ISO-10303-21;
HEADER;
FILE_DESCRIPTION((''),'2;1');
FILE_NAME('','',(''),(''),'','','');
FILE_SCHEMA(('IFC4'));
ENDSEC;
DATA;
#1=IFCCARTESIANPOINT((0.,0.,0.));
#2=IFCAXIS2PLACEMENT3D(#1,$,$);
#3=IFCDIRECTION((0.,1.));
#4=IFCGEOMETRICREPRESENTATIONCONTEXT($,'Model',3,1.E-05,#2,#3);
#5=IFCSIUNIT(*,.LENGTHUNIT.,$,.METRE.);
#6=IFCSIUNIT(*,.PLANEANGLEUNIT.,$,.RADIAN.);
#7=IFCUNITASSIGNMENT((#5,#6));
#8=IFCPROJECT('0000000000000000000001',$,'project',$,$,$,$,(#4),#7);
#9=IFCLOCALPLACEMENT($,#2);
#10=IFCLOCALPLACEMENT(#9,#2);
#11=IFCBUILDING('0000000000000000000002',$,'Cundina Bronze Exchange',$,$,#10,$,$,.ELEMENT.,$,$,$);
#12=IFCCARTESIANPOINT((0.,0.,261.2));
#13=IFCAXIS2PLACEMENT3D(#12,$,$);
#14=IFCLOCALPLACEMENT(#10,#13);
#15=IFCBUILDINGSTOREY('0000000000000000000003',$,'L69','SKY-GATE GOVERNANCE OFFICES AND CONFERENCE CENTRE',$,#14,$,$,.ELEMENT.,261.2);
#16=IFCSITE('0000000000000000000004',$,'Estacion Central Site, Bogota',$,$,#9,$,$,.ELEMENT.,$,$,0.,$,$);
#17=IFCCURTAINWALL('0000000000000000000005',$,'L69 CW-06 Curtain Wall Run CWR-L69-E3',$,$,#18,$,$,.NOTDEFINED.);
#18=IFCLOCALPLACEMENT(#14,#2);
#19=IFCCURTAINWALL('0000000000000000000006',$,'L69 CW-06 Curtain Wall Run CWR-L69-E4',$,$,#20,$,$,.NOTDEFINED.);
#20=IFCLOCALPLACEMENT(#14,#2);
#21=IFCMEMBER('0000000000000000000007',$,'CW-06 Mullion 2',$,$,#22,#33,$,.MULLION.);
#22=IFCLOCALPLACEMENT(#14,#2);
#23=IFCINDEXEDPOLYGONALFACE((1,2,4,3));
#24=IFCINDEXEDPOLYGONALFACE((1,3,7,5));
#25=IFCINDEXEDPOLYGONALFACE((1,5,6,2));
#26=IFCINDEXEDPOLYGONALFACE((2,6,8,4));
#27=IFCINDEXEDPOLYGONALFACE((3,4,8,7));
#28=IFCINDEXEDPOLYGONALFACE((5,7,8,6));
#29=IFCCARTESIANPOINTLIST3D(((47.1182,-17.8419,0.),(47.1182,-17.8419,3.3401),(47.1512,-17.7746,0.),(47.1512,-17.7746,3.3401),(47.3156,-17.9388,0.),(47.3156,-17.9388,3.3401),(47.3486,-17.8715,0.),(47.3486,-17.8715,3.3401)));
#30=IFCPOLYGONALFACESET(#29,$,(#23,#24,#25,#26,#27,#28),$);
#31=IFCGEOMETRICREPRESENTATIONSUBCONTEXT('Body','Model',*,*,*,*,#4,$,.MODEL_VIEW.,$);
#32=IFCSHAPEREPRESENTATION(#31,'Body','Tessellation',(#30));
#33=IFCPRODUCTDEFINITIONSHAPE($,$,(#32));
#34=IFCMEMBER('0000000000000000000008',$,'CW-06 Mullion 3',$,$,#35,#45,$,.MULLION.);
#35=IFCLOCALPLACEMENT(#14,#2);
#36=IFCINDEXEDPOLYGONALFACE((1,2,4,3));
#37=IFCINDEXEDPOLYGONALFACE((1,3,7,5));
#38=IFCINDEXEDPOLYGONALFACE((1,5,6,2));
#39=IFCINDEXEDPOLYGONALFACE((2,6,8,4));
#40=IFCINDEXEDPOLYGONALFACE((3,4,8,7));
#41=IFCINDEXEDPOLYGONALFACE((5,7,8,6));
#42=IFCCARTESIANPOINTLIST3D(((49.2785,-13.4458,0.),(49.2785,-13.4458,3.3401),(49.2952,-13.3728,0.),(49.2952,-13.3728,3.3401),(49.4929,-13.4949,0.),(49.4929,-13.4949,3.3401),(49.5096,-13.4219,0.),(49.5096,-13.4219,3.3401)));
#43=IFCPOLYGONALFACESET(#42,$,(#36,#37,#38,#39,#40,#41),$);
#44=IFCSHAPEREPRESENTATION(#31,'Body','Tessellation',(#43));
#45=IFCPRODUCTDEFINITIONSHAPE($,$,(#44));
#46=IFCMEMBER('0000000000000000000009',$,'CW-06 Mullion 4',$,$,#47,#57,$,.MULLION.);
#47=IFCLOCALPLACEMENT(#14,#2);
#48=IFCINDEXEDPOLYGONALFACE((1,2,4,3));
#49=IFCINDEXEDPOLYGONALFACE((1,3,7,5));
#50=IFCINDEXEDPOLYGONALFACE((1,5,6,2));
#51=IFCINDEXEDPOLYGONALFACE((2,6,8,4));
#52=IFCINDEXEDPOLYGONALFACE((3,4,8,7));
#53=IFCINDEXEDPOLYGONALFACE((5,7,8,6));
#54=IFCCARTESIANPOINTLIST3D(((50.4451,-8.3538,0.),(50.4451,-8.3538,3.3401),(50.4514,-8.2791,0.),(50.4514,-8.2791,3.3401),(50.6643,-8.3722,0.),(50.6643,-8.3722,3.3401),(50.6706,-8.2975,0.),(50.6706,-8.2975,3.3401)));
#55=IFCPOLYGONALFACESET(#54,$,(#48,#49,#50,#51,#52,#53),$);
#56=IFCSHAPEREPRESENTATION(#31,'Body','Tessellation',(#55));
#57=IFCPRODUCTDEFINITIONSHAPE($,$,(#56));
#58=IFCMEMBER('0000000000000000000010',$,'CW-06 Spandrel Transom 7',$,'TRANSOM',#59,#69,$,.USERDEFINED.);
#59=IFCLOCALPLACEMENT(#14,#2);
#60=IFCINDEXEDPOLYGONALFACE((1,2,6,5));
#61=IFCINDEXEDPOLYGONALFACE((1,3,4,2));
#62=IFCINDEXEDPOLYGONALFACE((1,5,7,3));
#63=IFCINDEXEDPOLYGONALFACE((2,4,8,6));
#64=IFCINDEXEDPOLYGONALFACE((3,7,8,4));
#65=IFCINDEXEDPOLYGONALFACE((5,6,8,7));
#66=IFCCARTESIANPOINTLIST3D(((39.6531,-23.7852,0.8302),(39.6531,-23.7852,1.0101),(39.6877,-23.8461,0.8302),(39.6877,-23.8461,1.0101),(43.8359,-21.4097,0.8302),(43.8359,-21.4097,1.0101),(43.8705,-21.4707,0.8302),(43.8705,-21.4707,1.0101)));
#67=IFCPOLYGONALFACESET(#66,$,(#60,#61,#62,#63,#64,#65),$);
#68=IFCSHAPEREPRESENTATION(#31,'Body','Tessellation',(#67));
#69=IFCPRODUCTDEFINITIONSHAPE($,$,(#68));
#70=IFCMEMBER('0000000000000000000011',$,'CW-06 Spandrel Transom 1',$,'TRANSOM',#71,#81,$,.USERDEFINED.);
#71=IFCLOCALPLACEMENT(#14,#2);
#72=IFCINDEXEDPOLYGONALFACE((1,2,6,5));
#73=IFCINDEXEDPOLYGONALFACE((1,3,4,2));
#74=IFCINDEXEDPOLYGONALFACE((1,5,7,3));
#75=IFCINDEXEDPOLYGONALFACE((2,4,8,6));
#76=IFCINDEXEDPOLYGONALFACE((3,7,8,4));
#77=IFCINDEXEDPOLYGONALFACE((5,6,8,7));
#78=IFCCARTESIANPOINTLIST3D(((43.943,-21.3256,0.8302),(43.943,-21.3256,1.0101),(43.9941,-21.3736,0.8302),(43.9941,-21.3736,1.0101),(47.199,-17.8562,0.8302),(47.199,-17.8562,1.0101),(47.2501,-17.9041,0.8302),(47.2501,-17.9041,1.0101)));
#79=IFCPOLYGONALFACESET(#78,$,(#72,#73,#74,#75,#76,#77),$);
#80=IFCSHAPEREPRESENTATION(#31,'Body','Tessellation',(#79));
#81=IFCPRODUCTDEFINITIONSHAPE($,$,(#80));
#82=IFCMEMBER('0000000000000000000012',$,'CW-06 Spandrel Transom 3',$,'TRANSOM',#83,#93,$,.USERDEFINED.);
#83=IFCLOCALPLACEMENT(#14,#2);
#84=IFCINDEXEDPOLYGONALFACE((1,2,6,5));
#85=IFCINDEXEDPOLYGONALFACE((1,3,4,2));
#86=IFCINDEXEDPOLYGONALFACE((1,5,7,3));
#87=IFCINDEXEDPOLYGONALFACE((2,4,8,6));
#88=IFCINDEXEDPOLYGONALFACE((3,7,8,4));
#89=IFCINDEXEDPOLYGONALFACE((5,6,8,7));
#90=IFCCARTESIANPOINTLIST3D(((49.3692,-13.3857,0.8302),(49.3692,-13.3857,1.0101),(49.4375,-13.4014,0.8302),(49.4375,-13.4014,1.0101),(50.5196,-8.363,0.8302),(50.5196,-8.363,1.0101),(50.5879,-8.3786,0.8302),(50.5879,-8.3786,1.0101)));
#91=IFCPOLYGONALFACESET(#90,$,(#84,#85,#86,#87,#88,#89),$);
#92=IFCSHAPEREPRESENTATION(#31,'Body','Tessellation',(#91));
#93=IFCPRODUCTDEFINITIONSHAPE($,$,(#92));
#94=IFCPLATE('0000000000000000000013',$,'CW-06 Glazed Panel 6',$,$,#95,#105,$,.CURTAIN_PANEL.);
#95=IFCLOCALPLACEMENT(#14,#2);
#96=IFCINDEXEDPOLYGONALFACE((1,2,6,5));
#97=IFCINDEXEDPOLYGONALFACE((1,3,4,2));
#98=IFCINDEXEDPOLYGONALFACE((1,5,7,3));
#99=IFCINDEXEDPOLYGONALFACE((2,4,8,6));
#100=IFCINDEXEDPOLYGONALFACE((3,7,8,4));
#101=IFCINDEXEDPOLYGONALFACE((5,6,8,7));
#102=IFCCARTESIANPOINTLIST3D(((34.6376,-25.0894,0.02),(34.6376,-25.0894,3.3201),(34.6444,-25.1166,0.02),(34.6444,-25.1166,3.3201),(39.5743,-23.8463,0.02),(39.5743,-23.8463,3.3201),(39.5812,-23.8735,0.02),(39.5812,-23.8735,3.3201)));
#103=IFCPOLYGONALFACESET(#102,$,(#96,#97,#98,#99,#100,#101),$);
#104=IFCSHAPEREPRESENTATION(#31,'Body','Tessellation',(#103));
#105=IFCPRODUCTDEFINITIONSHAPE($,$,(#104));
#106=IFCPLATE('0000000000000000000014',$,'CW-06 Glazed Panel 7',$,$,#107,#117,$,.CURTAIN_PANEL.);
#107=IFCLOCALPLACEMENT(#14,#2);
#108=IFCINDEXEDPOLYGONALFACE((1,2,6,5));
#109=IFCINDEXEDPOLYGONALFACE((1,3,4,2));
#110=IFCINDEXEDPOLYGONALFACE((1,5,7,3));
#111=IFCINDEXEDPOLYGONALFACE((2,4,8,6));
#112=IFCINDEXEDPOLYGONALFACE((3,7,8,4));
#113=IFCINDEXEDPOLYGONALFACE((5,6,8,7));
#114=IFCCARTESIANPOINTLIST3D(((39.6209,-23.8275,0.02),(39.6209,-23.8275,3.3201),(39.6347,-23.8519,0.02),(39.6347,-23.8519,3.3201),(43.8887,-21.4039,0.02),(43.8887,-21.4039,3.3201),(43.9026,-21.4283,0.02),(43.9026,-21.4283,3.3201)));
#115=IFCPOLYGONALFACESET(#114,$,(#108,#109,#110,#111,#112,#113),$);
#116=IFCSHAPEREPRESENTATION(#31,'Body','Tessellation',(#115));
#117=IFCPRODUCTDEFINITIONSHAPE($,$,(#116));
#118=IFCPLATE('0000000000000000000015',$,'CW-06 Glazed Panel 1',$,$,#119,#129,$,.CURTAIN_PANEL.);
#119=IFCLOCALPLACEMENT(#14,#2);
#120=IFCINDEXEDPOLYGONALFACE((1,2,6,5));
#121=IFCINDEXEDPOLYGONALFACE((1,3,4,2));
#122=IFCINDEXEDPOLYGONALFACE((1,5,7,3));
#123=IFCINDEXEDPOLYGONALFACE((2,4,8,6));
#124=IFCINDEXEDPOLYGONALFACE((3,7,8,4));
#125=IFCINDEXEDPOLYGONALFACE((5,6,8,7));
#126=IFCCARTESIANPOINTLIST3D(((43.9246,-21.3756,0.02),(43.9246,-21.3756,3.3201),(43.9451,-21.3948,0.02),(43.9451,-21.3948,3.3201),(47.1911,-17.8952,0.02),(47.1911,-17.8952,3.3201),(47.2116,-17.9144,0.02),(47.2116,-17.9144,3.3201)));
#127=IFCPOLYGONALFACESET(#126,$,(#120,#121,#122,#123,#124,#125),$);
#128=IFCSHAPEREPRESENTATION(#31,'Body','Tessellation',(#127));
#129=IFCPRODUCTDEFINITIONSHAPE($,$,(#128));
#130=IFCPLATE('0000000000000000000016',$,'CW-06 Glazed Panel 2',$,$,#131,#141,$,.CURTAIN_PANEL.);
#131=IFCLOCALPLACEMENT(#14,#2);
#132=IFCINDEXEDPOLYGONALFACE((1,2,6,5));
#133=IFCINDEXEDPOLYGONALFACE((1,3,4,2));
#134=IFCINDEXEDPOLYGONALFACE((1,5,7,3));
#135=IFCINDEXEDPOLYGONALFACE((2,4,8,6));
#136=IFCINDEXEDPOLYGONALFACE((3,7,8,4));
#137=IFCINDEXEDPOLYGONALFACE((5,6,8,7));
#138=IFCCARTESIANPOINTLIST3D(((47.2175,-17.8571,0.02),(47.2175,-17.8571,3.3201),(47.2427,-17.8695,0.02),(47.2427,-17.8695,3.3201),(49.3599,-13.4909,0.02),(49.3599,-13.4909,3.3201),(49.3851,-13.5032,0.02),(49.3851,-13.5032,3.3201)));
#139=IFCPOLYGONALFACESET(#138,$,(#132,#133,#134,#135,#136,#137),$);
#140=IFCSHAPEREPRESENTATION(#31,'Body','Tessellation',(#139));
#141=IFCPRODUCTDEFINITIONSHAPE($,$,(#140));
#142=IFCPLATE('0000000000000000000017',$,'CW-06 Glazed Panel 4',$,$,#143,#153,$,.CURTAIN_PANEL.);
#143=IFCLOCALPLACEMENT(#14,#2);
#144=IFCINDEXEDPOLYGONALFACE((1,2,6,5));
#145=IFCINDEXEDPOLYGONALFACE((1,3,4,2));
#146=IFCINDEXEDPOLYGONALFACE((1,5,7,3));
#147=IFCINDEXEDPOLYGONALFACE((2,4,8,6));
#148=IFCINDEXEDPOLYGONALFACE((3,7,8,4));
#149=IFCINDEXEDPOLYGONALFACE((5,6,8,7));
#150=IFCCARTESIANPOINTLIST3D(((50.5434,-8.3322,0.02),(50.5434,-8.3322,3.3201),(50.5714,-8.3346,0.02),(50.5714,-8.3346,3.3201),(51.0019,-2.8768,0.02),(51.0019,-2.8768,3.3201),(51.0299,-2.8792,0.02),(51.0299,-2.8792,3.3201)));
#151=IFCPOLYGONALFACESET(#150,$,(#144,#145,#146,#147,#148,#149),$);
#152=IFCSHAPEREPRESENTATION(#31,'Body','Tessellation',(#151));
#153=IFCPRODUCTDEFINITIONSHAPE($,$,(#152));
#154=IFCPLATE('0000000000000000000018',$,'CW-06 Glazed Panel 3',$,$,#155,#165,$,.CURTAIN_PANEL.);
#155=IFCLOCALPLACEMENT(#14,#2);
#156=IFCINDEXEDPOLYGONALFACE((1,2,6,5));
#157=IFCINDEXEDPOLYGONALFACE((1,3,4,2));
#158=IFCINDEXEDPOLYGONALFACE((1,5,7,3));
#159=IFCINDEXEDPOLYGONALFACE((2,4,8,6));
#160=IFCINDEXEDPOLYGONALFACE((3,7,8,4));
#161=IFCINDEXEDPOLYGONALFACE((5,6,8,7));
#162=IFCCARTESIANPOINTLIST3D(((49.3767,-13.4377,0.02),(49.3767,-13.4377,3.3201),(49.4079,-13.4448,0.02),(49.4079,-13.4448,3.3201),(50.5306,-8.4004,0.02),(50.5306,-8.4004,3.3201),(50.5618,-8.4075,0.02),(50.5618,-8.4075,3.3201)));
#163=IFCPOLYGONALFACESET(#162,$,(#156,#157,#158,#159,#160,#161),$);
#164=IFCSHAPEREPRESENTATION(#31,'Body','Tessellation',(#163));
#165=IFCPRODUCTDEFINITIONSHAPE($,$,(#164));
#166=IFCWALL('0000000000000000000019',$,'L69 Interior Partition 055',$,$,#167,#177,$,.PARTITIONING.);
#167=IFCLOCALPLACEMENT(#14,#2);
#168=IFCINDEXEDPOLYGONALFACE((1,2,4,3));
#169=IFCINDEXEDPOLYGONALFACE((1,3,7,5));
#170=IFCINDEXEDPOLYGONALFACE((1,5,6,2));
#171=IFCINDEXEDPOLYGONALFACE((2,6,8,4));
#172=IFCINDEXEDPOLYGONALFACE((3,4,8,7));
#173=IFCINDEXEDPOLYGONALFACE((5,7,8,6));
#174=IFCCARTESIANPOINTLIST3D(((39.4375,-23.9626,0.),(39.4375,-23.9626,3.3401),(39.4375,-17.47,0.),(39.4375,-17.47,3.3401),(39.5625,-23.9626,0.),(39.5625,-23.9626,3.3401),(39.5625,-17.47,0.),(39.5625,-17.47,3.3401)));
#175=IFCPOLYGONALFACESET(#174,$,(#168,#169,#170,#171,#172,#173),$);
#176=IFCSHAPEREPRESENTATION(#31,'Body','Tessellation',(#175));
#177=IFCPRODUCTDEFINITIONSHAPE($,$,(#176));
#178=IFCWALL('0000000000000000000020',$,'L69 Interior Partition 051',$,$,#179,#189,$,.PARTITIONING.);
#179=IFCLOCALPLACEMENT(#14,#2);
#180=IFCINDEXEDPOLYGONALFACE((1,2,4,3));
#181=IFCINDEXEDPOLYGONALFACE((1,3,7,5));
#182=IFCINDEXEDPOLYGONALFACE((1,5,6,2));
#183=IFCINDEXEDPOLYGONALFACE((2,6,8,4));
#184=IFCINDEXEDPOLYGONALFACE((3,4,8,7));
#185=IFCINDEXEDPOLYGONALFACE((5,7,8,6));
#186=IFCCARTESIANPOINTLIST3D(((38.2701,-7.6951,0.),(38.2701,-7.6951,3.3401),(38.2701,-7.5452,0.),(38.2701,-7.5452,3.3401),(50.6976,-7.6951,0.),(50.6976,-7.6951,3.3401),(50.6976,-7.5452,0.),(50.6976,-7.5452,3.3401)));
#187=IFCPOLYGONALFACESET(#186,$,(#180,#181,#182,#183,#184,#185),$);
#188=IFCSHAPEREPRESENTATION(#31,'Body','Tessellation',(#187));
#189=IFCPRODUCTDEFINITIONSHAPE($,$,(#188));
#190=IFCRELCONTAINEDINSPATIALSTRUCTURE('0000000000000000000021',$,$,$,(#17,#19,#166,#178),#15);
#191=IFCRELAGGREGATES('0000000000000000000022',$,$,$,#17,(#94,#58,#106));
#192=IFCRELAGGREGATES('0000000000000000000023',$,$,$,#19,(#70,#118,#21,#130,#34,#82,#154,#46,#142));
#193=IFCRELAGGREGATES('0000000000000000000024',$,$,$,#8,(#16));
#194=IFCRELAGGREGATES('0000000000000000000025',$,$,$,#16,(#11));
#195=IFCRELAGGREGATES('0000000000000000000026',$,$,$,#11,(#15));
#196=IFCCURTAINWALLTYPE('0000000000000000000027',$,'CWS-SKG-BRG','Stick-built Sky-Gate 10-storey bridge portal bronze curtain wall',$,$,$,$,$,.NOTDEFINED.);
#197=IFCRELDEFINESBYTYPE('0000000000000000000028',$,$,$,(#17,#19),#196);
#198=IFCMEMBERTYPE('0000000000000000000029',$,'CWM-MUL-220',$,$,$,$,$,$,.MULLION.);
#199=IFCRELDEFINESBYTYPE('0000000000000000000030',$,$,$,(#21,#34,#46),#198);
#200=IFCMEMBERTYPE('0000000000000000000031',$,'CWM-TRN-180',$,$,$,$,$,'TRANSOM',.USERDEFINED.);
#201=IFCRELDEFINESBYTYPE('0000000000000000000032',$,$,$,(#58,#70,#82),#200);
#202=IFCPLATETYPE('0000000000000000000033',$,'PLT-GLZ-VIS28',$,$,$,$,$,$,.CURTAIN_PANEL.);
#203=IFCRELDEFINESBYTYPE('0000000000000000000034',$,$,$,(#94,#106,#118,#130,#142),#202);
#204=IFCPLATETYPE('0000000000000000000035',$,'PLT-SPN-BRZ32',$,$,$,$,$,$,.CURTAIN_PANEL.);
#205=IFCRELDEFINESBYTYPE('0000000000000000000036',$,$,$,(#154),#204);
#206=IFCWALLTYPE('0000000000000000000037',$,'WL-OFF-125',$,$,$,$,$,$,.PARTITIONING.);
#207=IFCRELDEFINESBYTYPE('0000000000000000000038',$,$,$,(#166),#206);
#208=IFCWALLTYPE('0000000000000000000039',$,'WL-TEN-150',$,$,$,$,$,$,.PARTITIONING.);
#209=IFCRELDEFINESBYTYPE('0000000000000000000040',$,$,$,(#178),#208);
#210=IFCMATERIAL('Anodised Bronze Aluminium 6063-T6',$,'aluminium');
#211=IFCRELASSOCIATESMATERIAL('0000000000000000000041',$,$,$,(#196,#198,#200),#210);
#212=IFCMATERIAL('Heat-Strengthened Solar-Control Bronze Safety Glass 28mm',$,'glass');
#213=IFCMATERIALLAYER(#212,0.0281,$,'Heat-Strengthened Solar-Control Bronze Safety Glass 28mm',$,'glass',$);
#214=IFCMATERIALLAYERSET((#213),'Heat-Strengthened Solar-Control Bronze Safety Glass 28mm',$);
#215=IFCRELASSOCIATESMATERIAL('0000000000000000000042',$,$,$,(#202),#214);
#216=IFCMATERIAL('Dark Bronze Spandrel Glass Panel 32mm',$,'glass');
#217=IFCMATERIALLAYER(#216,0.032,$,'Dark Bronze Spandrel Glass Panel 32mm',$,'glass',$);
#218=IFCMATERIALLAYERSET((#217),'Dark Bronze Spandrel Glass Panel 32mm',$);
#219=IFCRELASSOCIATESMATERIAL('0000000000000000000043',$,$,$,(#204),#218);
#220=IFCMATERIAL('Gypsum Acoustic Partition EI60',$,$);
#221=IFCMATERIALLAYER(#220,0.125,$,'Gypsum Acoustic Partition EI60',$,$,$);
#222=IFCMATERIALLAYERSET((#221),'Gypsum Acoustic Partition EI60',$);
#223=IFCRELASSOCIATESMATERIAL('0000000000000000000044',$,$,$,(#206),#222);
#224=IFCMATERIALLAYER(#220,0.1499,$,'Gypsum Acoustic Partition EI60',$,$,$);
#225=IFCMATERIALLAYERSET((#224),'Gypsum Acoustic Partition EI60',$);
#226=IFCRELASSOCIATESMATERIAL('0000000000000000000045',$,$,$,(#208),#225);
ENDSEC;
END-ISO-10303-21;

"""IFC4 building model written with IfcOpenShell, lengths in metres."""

from ifc_helpers import new_model, si_unit, direction, frame, frame_2d, origin, origin_2d, place, context, subcontext, project, spatial, rectangle, extrude, material, layer, layer_set, material_profile, profile_set, type_object, element, aggregate, save


model = new_model("IFC4")

# Units and contexts
model_context = context("Model", 3, precision=1e-05, world=origin(), true_north=direction((0.0, 1.0)))
body_context = subcontext(model_context, "Body", "Model", "MODEL_VIEW")
ifc_project = project(units=[si_unit("LENGTHUNIT", "METRE"), si_unit("PLANEANGLEUNIT", "RADIAN")], contexts=[model_context])

# Site, building, storey
site_placement = place(None, origin())
site = spatial("IfcSite", under=ifc_project, at=site_placement, Name="Estacion Central Site, Bogota", CompositionType="ELEMENT", RefElevation=0.0)
building_placement = place(site_placement, origin())
building = spatial("IfcBuilding", under=site, at=building_placement, Name="Cundina Bronze Exchange", CompositionType="ELEMENT")
storey_placement = place(building_placement, frame((0.0, 0.0, 261.2)))
storey = spatial("IfcBuildingStorey", under=building, at=storey_placement, Name="L69", Description="SKY-GATE GOVERNANCE OFFICES AND CONFERENCE CENTRE", CompositionType="ELEMENT", Elevation=261.2)

# Curtain walls, members
ifc_material_1 = material(Name="Anodised Bronze Aluminium 6063-T6", Category="aluminium")
curtain_wall_type = type_object("IfcCurtainWallType", Name="CWS-SKG-BRG", Description="Stick-built Sky-Gate 10-storey bridge portal bronze curtain wall", PredefinedType="NOTDEFINED", material=ifc_material_1)
curtain_wall_1_placement = place(storey_placement, origin())
curtain_wall_1 = element("IfcCurtainWall", 1, at=curtain_wall_1_placement, inside=storey, type_object=curtain_wall_type, Name="L69 CW-06 Curtain Wall Run CWR-L69-E3", PredefinedType="NOTDEFINED")
ifc_material_profile_1 = material_profile(ifc_material_1, rectangle(XDim=0.075, YDim=0.22, at=origin_2d()), Name="AL75X220", Category="aluminium")
ifc_profile_set_1 = profile_set([ifc_material_profile_1], Name="Anodised Bronze Aluminium 6063-T6")
member_type_1 = type_object("IfcMemberType", Name="CWM-MUL-220", PredefinedType="MULLION", material=ifc_profile_set_1)
curtain_wall_2_placement = place(storey_placement, origin())
curtain_wall_2 = element("IfcCurtainWall", 2, at=curtain_wall_2_placement, inside=storey, type_object=curtain_wall_type, Name="L69 CW-06 Curtain Wall Run CWR-L69-E4", PredefinedType="NOTDEFINED")
member_1_placement = place(storey_placement, frame((47.2334, -17.8567, 0.0), z_axis=(0.0, 0.0, 1.0), x_axis=(0.440566, 0.89772, 0.0)))
member_1 = element("IfcMember", 3, at=member_1_placement, type_object=member_type_1, Name="CW-06 Mullion 2", PredefinedType="MULLION", context=body_context, shape_type="SweptSolid", body=[
    extrude(rectangle(XDim=0.075, YDim=0.22, at=origin_2d()), origin(), (0.0, 0.0, 1.0), 3.3401),
])
member_2_placement = place(storey_placement, frame((49.394, -13.4338, 0.0), z_axis=(0.0, 0.0, 1.0), x_axis=(0.22325, 0.974761, 0.0)))
member_2 = element("IfcMember", 4, at=member_2_placement, type_object=member_type_1, Name="CW-06 Mullion 3", PredefinedType="MULLION", context=body_context, shape_type="SweptSolid", body=[
    extrude(rectangle(XDim=0.075, YDim=0.22, at=origin_2d()), origin(), (0.0, 0.0, 1.0), 3.3401),
])
member_3_placement = place(storey_placement, frame((50.5579, -8.3257, 0.0), z_axis=(0.0, 0.0, 1.0), x_axis=(0.083678, 0.996493, 0.0)))
member_3 = element("IfcMember", 5, at=member_3_placement, type_object=member_type_1, Name="CW-06 Mullion 4", PredefinedType="MULLION", context=body_context, shape_type="SweptSolid", body=[
    extrude(rectangle(XDim=0.075, YDim=0.22, at=origin_2d()), origin(), (0.0, 0.0, 1.0), 3.3401),
])

# Members
ifc_material_profile_2 = material_profile(ifc_material_1, rectangle(XDim=0.0701, YDim=0.1799, at=origin_2d()), Name="AL70X180", Category="aluminium")
ifc_profile_set_2 = profile_set([ifc_material_profile_2], Name="Anodised Bronze Aluminium 6063-T6")
member_type_2 = type_object("IfcMemberType", Name="CWM-TRN-180", ElementType="TRANSOM", PredefinedType="USERDEFINED", material=ifc_profile_set_2)
member_4_placement = place(storey_placement, frame((39.6704, -23.8157, 0.9202), z_axis=(0.869558, 0.493831, 0.0), x_axis=(-0.493831, 0.869558, 0.0)))
member_4 = element("IfcMember", 6, at=member_4_placement, type_object=member_type_2, Name="CW-06 Spandrel Transom 7", ObjectType="TRANSOM", PredefinedType="USERDEFINED", context=body_context, shape_type="SweptSolid", body=[
    extrude(rectangle(XDim=0.0701, YDim=0.1799, at=origin_2d()), origin(), (0.0, 0.0, 1.0), 4.8103),
])
member_5_placement = place(storey_placement, frame((43.9685, -21.3496, 0.9202), z_axis=(0.684328, 0.729174, 0.0), x_axis=(-0.729174, 0.684328, 0.0)))
member_5 = element("IfcMember", 7, at=member_5_placement, type_object=member_type_2, Name="CW-06 Spandrel Transom 1", ObjectType="TRANSOM", PredefinedType="USERDEFINED", context=body_context, shape_type="SweptSolid", body=[
    extrude(rectangle(XDim=0.0701, YDim=0.1799, at=origin_2d()), origin(), (0.0, 0.0, 1.0), 4.7581),
])
member_6_placement = place(storey_placement, frame((49.4033, -13.3936, 0.9202), z_axis=(0.223257, 0.97476, 0.0), x_axis=(-0.97476, 0.223257, 0.0)))
member_6 = element("IfcMember", 8, at=member_6_placement, type_object=member_type_2, Name="CW-06 Spandrel Transom 3", ObjectType="TRANSOM", PredefinedType="USERDEFINED", context=body_context, shape_type="SweptSolid", body=[
    extrude(rectangle(XDim=0.0701, YDim=0.1799, at=origin_2d()), origin(), (0.0, 0.0, 1.0), 5.1528),
])

# Plates
ifc_material_2 = material(Name="Heat-Strengthened Solar-Control Bronze Safety Glass 28mm", Category="glass")
ifc_layer_1 = layer(ifc_material_2, 0.0281, Name="Heat-Strengthened Solar-Control Bronze Safety Glass 28mm", Category="glass")
ifc_layer_set_1 = layer_set([ifc_layer_1], Name="Heat-Strengthened Solar-Control Bronze Safety Glass 28mm")
plate_type_1 = type_object("IfcPlateType", Name="PLT-GLZ-VIS28", PredefinedType="CURTAIN_PANEL", material=ifc_layer_set_1)
plate_1_placement = place(storey_placement, frame((37.1094, -24.4814, 0.02), z_axis=(0.0, 0.0, 1.0), x_axis=(0.969732, 0.244174, 0.0)))
plate_1 = element("IfcPlate", 9, at=plate_1_placement, type_object=plate_type_1, Name="CW-06 Glazed Panel 6", PredefinedType="CURTAIN_PANEL", context=body_context, shape_type="SweptSolid", body=[
    extrude(rectangle(XDim=5.0908, YDim=0.0281, at=origin_2d()), origin(), (0.0, 0.0, 1.0), 3.3),
])
plate_2_placement = place(storey_placement, frame((41.7617, -22.6279, 0.02), z_axis=(0.0, 0.0, 1.0), x_axis=(0.869573, 0.493805, 0.0)))
plate_2 = element("IfcPlate", 10, at=plate_2_placement, type_object=plate_type_1, Name="CW-06 Glazed Panel 7", PredefinedType="CURTAIN_PANEL", context=body_context, shape_type="SweptSolid", body=[
    extrude(rectangle(XDim=4.908, YDim=0.0281, at=origin_2d()), origin(), (0.0, 0.0, 1.0), 3.3),
])
aggregate(curtain_wall_1, [plate_1, member_4, plate_2])
plate_3_placement = place(storey_placement, frame((45.5681, -19.645, 0.02), z_axis=(0.0, 0.0, 1.0), x_axis=(0.684344, 0.72916, 0.0)))
plate_3 = element("IfcPlate", 11, at=plate_3_placement, type_object=plate_type_1, Name="CW-06 Glazed Panel 1", PredefinedType="CURTAIN_PANEL", context=body_context, shape_type="SweptSolid", body=[
    extrude(rectangle(XDim=4.7732, YDim=0.0281, at=origin_2d()), origin(), (0.0, 0.0, 1.0), 3.3),
])
plate_4_placement = place(storey_placement, frame((48.3013, -15.6802, 0.02), z_axis=(0.0, 0.0, 1.0), x_axis=(0.440503, 0.897751, 0.0)))
plate_4 = element("IfcPlate", 12, at=plate_4_placement, type_object=plate_type_1, Name="CW-06 Glazed Panel 2", PredefinedType="CURTAIN_PANEL", context=body_context, shape_type="SweptSolid", body=[
    extrude(rectangle(XDim=4.8635, YDim=0.0281, at=origin_2d()), origin(), (0.0, 0.0, 1.0), 3.3),
])
plate_5_placement = place(storey_placement, frame((50.7866, -5.6057, 0.02), z_axis=(0.0, 0.0, 1.0), x_axis=(0.083747, 0.996487, 0.0)))
plate_5 = element("IfcPlate", 13, at=plate_5_placement, type_object=plate_type_1, Name="CW-06 Glazed Panel 4", PredefinedType="CURTAIN_PANEL", context=body_context, shape_type="SweptSolid", body=[
    extrude(rectangle(XDim=5.4746, YDim=0.0281, at=origin_2d()), origin(), (0.0, 0.0, 1.0), 3.3),
])
ifc_material_3 = material(Name="Dark Bronze Spandrel Glass Panel 32mm", Category="glass")
ifc_layer_2 = layer(ifc_material_3, 0.032, Name="Dark Bronze Spandrel Glass Panel 32mm", Category="glass")
ifc_layer_set_2 = layer_set([ifc_layer_2], Name="Dark Bronze Spandrel Glass Panel 32mm")
plate_type_2 = type_object("IfcPlateType", Name="PLT-SPN-BRZ32", PredefinedType="CURTAIN_PANEL", material=ifc_layer_set_2)
plate_6_placement = place(storey_placement, frame((49.9692, -10.9226, 0.02), z_axis=(0.0, 0.0, 1.0), x_axis=(0.223284, 0.974753, 0.0)))
plate_6 = element("IfcPlate", 14, at=plate_6_placement, type_object=plate_type_2, Name="CW-06 Glazed Panel 3", PredefinedType="CURTAIN_PANEL", context=body_context, shape_type="SweptSolid", body=[
    extrude(rectangle(XDim=5.1677, YDim=0.032, at=origin_2d()), origin(), (0.0, 0.0, 1.0), 3.3),
])
aggregate(curtain_wall_2, [member_5, plate_3, member_1, plate_4, member_2, member_6, plate_6, member_3, plate_5])

# Walls
ifc_material_4 = material(Name="Gypsum Acoustic Partition EI60")
ifc_layer_3 = layer(ifc_material_4, 0.125, Name="Gypsum Acoustic Partition EI60")
ifc_layer_set_3 = layer_set([ifc_layer_3], Name="Gypsum Acoustic Partition EI60")
wall_type_1 = type_object("IfcWallType", Name="WL-OFF-125", PredefinedType="PARTITIONING", material=ifc_layer_set_3)
wall_1_placement = place(storey_placement, frame((39.5, -23.9626, 0.0), z_axis=(0.0, 0.0, 1.0), x_axis=(0.0, 1.0, 0.0)))
element("IfcWall", 15, at=wall_1_placement, inside=storey, type_object=wall_type_1, Name="L69 Interior Partition 055", PredefinedType="PARTITIONING", context=body_context, shape_type="SweptSolid", body=[
    extrude(rectangle(XDim=6.4927, YDim=0.125, at=frame_2d((3.2463, 0.0))), origin(), (0.0, 0.0, 1.0), 3.3401),
])
ifc_layer_4 = layer(ifc_material_4, 0.1499, Name="Gypsum Acoustic Partition EI60")
ifc_layer_set_4 = layer_set([ifc_layer_4], Name="Gypsum Acoustic Partition EI60")
wall_type_2 = type_object("IfcWallType", Name="WL-TEN-150", PredefinedType="PARTITIONING", material=ifc_layer_set_4)
wall_2_placement = place(storey_placement, frame((38.27, -7.6201, 0.0), z_axis=(0.0, 0.0, 1.0), x_axis=(1.0, 0.0, 0.0)))
element("IfcWall", 16, at=wall_2_placement, inside=storey, type_object=wall_type_2, Name="L69 Interior Partition 051", PredefinedType="PARTITIONING", context=body_context, shape_type="SweptSolid", body=[
    extrude(rectangle(XDim=12.4275, YDim=0.1499, at=frame_2d((6.2139, 0.0))), origin(), (0.0, 0.0, 1.0), 3.3401),
])

save(model, "model.ifc")
